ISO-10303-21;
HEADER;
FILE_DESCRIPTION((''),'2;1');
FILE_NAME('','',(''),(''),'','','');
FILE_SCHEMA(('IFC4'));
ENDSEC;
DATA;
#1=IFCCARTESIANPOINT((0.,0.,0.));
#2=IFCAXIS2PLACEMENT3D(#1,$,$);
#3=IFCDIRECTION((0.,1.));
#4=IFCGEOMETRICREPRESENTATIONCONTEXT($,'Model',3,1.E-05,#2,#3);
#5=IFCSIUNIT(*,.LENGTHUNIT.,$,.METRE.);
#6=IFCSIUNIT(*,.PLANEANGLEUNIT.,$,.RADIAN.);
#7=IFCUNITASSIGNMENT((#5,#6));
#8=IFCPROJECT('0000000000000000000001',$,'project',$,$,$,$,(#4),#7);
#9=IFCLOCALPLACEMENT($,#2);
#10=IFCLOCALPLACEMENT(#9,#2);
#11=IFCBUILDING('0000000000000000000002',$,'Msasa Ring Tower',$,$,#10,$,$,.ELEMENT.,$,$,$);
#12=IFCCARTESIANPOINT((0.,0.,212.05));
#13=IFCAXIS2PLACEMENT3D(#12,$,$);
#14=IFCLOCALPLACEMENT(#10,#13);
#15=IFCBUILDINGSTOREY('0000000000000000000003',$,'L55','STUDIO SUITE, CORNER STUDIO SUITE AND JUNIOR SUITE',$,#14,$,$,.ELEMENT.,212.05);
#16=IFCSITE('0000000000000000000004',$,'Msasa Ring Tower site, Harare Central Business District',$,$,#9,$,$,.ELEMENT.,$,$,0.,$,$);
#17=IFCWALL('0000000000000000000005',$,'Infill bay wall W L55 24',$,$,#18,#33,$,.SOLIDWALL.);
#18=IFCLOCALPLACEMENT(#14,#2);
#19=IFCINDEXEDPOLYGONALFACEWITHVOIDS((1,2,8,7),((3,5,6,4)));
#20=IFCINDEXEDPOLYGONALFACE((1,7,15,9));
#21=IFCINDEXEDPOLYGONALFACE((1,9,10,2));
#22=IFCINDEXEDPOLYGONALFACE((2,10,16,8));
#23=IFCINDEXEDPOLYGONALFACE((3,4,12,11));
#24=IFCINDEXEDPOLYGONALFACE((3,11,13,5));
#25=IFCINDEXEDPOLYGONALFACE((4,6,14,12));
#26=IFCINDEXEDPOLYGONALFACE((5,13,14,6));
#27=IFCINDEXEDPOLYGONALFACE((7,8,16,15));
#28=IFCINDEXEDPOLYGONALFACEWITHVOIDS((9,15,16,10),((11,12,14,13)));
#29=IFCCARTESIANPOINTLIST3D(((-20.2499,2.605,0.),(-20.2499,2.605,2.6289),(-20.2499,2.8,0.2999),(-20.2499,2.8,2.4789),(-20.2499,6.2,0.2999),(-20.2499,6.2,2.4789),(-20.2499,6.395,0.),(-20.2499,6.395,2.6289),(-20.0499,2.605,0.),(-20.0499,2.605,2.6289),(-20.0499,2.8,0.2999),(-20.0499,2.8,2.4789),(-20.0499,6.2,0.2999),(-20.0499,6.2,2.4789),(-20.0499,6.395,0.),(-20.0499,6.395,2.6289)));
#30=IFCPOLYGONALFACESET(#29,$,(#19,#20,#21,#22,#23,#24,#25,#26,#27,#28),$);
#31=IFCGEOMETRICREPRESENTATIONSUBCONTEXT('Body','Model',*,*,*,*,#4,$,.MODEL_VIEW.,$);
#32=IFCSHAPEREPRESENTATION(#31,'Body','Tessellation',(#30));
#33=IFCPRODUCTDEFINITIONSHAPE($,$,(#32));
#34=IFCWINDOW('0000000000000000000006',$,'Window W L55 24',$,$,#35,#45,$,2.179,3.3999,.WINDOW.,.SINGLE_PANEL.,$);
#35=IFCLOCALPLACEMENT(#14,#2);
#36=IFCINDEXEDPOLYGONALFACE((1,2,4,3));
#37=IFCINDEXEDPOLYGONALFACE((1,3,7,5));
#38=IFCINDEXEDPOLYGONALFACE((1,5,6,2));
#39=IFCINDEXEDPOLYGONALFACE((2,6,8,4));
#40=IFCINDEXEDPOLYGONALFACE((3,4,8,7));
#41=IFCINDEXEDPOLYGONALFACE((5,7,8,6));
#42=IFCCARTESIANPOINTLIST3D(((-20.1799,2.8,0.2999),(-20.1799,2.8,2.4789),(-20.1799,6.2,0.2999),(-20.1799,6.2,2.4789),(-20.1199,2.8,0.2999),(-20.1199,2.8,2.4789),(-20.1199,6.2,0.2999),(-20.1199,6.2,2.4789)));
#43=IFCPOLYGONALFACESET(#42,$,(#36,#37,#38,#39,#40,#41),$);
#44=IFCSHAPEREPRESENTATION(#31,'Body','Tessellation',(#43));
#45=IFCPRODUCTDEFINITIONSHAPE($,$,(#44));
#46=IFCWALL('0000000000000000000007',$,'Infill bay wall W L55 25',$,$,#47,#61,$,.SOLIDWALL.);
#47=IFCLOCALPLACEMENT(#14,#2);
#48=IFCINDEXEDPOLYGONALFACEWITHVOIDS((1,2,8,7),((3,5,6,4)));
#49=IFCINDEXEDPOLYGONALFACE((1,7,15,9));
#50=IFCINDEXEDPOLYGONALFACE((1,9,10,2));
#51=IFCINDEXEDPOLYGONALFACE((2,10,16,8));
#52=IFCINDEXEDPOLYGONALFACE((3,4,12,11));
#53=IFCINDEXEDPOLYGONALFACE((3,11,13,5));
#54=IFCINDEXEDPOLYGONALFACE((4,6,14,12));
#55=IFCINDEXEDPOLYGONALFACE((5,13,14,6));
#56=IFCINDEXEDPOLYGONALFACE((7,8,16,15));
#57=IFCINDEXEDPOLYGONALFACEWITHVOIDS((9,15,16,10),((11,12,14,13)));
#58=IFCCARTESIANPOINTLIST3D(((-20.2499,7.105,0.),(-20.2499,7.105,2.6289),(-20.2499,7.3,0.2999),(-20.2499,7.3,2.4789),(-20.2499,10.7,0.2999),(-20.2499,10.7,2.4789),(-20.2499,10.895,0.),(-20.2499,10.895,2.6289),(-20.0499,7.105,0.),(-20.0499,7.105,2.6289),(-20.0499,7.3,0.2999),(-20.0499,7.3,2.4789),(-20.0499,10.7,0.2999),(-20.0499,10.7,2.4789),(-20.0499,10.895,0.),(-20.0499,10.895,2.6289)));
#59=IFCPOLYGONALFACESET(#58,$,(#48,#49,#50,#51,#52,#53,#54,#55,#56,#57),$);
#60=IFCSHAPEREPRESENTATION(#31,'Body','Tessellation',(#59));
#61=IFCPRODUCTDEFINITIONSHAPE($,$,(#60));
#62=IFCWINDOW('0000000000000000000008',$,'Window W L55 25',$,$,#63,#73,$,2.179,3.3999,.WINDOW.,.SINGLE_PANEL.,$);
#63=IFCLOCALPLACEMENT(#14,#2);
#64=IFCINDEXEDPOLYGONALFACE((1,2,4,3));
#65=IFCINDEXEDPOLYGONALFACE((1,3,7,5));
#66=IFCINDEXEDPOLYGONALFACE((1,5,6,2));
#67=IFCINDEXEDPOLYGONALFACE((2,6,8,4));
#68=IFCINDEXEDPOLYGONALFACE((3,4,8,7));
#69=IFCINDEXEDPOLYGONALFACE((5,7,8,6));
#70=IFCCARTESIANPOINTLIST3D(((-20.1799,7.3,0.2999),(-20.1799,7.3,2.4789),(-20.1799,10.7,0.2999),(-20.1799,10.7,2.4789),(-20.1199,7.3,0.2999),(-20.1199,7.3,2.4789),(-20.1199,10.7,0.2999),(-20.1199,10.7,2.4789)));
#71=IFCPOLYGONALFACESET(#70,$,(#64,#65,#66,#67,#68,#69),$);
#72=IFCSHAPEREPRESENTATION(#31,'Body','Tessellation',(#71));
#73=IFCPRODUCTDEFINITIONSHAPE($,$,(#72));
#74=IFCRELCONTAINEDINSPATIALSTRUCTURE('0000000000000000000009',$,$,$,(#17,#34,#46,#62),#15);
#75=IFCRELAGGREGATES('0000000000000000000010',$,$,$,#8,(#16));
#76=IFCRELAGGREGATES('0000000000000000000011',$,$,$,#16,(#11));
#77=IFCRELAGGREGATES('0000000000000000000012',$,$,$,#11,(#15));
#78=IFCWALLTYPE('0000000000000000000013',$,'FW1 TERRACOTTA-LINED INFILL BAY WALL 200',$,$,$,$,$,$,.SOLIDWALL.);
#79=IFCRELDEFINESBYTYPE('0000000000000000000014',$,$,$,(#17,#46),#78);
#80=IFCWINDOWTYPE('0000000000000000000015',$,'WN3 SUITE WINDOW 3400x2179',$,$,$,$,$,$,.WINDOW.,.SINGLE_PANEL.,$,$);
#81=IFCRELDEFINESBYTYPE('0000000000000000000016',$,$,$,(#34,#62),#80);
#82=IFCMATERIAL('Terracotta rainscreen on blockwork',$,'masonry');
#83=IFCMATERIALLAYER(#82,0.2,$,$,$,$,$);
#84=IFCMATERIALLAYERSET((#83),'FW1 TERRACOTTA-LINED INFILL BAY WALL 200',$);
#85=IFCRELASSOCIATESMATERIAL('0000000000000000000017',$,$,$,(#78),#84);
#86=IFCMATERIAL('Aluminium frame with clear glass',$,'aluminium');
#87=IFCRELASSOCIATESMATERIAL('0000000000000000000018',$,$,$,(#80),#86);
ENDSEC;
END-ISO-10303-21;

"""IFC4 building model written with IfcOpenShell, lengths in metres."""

from ifc_helpers import new_model, si_unit, direction, frame, frame_2d, origin, place, context, subcontext, project, spatial, rectangle, extrude, material, layer, layer_set, type_object, element, fill, save


model = new_model("IFC4")

# Units and contexts
model_context = context("Model", 3, precision=1e-05, world=origin(), true_north=direction((0.0, 1.0)))
body_context = subcontext(model_context, "Body", "Model", "MODEL_VIEW")
ifc_project = project(units=[si_unit("LENGTHUNIT", "METRE"), si_unit("PLANEANGLEUNIT", "RADIAN")], contexts=[model_context])

# Site, building, storey
site_placement = place(None, origin())
site = spatial("IfcSite", under=ifc_project, at=site_placement, Name="Msasa Ring Tower site, Harare Central Business District", CompositionType="ELEMENT", RefElevation=0.0)
building_placement = place(site_placement, origin())
building = spatial("IfcBuilding", under=site, at=building_placement, Name="Msasa Ring Tower", CompositionType="ELEMENT")
storey_placement = place(building_placement, frame((0.0, 0.0, 212.05)))
storey = spatial("IfcBuildingStorey", under=building, at=storey_placement, Name="L55", Description="STUDIO SUITE, CORNER STUDIO SUITE AND JUNIOR SUITE", CompositionType="ELEMENT", Elevation=212.05)

# Walls, openings, windows
ifc_material_1 = material(Name="Terracotta rainscreen on blockwork", Category="masonry")
ifc_layer_1 = layer(ifc_material_1, 0.2)
ifc_layer_set_1 = layer_set([ifc_layer_1], Name="FW1 TERRACOTTA-LINED INFILL BAY WALL 200")
wall_type_1 = type_object("IfcWallType", Name="FW1 TERRACOTTA-LINED INFILL BAY WALL 200", PredefinedType="SOLIDWALL", material=ifc_layer_set_1)
wall_1_placement = place(storey_placement, frame((-20.1499, 2.605, 0.0), z_axis=(0.0, 0.0, 1.0), x_axis=(0.0, 1.0, 0.0)))
wall_1 = element("IfcWall", 1, at=wall_1_placement, inside=storey, type_object=wall_type_1, Name="Infill bay wall W L55 24", PredefinedType="SOLIDWALL", context=body_context, shape_type="SweptSolid", body=[
    extrude(rectangle(XDim=3.79, YDim=0.2, at=frame_2d((1.895, 0.0))), origin(), (0.0, 0.0, 1.0), 2.6289),
])
opening_1_placement = place(wall_1_placement, frame((0.1951, 0.0, 0.3)))
opening_1 = element("IfcOpeningElement", 2, at=opening_1_placement, cuts=wall_1, PredefinedType="OPENING", context=body_context, shape_type="SweptSolid", body=[
    extrude(rectangle(XDim=3.3999, YDim=2.179, at=frame_2d((1.7, 1.0894))), frame((0.0, 0.1099, 0.0), z_axis=(0.0, -1.0, 0.0), x_axis=(1.0, 0.0, 0.0)), (0.0, 0.0, 1.0), 0.22),
])
ifc_material_2 = material(Name="Aluminium frame with clear glass", Category="aluminium")
window_type = type_object("IfcWindowType", Name="WN3 SUITE WINDOW 3400x2179", PartitioningType="SINGLE_PANEL", PredefinedType="WINDOW", material=ifc_material_2)
window_1_placement = place(opening_1_placement, origin())
window_1 = element("IfcWindow", 3, at=window_1_placement, inside=storey, type_object=window_type, Name="Window W L55 24", OverallHeight=2.179, OverallWidth=3.3999, PartitioningType="SINGLE_PANEL", PredefinedType="WINDOW", context=body_context, shape_type="SweptSolid", body=[
    extrude(rectangle(XDim=3.3999, YDim=2.179, at=frame_2d((1.7, 1.0894))), frame((0.0, 0.03, 0.0), z_axis=(0.0, -1.0, 0.0), x_axis=(1.0, 0.0, 0.0)), (0.0, 0.0, 1.0), 0.0601),
])
fill(opening_1, window_1)
wall_2_placement = place(storey_placement, frame((-20.1499, 7.105, 0.0), z_axis=(0.0, 0.0, 1.0), x_axis=(0.0, 1.0, 0.0)))
wall_2 = element("IfcWall", 4, at=wall_2_placement, inside=storey, type_object=wall_type_1, Name="Infill bay wall W L55 25", PredefinedType="SOLIDWALL", context=body_context, shape_type="SweptSolid", body=[
    extrude(rectangle(XDim=3.79, YDim=0.2, at=frame_2d((1.895, 0.0))), origin(), (0.0, 0.0, 1.0), 2.6289),
])
opening_2_placement = place(wall_2_placement, frame((0.1951, 0.0, 0.3)))
opening_2 = element("IfcOpeningElement", 5, at=opening_2_placement, cuts=wall_2, PredefinedType="OPENING", context=body_context, shape_type="SweptSolid", body=[
    extrude(rectangle(XDim=3.3999, YDim=2.179, at=frame_2d((1.7, 1.0894))), frame((0.0, 0.1099, 0.0), z_axis=(0.0, -1.0, 0.0), x_axis=(1.0, 0.0, 0.0)), (0.0, 0.0, 1.0), 0.22),
])
window_2_placement = place(opening_2_placement, origin())
window_2 = element("IfcWindow", 6, at=window_2_placement, inside=storey, type_object=window_type, Name="Window W L55 25", OverallHeight=2.179, OverallWidth=3.3999, PartitioningType="SINGLE_PANEL", PredefinedType="WINDOW", context=body_context, shape_type="SweptSolid", body=[
    extrude(rectangle(XDim=3.3999, YDim=2.179, at=frame_2d((1.7, 1.0894))), frame((0.0, 0.03, 0.0), z_axis=(0.0, -1.0, 0.0), x_axis=(1.0, 0.0, 0.0)), (0.0, 0.0, 1.0), 0.0601),
])
fill(opening_2, window_2)

save(model, "model.ifc")
